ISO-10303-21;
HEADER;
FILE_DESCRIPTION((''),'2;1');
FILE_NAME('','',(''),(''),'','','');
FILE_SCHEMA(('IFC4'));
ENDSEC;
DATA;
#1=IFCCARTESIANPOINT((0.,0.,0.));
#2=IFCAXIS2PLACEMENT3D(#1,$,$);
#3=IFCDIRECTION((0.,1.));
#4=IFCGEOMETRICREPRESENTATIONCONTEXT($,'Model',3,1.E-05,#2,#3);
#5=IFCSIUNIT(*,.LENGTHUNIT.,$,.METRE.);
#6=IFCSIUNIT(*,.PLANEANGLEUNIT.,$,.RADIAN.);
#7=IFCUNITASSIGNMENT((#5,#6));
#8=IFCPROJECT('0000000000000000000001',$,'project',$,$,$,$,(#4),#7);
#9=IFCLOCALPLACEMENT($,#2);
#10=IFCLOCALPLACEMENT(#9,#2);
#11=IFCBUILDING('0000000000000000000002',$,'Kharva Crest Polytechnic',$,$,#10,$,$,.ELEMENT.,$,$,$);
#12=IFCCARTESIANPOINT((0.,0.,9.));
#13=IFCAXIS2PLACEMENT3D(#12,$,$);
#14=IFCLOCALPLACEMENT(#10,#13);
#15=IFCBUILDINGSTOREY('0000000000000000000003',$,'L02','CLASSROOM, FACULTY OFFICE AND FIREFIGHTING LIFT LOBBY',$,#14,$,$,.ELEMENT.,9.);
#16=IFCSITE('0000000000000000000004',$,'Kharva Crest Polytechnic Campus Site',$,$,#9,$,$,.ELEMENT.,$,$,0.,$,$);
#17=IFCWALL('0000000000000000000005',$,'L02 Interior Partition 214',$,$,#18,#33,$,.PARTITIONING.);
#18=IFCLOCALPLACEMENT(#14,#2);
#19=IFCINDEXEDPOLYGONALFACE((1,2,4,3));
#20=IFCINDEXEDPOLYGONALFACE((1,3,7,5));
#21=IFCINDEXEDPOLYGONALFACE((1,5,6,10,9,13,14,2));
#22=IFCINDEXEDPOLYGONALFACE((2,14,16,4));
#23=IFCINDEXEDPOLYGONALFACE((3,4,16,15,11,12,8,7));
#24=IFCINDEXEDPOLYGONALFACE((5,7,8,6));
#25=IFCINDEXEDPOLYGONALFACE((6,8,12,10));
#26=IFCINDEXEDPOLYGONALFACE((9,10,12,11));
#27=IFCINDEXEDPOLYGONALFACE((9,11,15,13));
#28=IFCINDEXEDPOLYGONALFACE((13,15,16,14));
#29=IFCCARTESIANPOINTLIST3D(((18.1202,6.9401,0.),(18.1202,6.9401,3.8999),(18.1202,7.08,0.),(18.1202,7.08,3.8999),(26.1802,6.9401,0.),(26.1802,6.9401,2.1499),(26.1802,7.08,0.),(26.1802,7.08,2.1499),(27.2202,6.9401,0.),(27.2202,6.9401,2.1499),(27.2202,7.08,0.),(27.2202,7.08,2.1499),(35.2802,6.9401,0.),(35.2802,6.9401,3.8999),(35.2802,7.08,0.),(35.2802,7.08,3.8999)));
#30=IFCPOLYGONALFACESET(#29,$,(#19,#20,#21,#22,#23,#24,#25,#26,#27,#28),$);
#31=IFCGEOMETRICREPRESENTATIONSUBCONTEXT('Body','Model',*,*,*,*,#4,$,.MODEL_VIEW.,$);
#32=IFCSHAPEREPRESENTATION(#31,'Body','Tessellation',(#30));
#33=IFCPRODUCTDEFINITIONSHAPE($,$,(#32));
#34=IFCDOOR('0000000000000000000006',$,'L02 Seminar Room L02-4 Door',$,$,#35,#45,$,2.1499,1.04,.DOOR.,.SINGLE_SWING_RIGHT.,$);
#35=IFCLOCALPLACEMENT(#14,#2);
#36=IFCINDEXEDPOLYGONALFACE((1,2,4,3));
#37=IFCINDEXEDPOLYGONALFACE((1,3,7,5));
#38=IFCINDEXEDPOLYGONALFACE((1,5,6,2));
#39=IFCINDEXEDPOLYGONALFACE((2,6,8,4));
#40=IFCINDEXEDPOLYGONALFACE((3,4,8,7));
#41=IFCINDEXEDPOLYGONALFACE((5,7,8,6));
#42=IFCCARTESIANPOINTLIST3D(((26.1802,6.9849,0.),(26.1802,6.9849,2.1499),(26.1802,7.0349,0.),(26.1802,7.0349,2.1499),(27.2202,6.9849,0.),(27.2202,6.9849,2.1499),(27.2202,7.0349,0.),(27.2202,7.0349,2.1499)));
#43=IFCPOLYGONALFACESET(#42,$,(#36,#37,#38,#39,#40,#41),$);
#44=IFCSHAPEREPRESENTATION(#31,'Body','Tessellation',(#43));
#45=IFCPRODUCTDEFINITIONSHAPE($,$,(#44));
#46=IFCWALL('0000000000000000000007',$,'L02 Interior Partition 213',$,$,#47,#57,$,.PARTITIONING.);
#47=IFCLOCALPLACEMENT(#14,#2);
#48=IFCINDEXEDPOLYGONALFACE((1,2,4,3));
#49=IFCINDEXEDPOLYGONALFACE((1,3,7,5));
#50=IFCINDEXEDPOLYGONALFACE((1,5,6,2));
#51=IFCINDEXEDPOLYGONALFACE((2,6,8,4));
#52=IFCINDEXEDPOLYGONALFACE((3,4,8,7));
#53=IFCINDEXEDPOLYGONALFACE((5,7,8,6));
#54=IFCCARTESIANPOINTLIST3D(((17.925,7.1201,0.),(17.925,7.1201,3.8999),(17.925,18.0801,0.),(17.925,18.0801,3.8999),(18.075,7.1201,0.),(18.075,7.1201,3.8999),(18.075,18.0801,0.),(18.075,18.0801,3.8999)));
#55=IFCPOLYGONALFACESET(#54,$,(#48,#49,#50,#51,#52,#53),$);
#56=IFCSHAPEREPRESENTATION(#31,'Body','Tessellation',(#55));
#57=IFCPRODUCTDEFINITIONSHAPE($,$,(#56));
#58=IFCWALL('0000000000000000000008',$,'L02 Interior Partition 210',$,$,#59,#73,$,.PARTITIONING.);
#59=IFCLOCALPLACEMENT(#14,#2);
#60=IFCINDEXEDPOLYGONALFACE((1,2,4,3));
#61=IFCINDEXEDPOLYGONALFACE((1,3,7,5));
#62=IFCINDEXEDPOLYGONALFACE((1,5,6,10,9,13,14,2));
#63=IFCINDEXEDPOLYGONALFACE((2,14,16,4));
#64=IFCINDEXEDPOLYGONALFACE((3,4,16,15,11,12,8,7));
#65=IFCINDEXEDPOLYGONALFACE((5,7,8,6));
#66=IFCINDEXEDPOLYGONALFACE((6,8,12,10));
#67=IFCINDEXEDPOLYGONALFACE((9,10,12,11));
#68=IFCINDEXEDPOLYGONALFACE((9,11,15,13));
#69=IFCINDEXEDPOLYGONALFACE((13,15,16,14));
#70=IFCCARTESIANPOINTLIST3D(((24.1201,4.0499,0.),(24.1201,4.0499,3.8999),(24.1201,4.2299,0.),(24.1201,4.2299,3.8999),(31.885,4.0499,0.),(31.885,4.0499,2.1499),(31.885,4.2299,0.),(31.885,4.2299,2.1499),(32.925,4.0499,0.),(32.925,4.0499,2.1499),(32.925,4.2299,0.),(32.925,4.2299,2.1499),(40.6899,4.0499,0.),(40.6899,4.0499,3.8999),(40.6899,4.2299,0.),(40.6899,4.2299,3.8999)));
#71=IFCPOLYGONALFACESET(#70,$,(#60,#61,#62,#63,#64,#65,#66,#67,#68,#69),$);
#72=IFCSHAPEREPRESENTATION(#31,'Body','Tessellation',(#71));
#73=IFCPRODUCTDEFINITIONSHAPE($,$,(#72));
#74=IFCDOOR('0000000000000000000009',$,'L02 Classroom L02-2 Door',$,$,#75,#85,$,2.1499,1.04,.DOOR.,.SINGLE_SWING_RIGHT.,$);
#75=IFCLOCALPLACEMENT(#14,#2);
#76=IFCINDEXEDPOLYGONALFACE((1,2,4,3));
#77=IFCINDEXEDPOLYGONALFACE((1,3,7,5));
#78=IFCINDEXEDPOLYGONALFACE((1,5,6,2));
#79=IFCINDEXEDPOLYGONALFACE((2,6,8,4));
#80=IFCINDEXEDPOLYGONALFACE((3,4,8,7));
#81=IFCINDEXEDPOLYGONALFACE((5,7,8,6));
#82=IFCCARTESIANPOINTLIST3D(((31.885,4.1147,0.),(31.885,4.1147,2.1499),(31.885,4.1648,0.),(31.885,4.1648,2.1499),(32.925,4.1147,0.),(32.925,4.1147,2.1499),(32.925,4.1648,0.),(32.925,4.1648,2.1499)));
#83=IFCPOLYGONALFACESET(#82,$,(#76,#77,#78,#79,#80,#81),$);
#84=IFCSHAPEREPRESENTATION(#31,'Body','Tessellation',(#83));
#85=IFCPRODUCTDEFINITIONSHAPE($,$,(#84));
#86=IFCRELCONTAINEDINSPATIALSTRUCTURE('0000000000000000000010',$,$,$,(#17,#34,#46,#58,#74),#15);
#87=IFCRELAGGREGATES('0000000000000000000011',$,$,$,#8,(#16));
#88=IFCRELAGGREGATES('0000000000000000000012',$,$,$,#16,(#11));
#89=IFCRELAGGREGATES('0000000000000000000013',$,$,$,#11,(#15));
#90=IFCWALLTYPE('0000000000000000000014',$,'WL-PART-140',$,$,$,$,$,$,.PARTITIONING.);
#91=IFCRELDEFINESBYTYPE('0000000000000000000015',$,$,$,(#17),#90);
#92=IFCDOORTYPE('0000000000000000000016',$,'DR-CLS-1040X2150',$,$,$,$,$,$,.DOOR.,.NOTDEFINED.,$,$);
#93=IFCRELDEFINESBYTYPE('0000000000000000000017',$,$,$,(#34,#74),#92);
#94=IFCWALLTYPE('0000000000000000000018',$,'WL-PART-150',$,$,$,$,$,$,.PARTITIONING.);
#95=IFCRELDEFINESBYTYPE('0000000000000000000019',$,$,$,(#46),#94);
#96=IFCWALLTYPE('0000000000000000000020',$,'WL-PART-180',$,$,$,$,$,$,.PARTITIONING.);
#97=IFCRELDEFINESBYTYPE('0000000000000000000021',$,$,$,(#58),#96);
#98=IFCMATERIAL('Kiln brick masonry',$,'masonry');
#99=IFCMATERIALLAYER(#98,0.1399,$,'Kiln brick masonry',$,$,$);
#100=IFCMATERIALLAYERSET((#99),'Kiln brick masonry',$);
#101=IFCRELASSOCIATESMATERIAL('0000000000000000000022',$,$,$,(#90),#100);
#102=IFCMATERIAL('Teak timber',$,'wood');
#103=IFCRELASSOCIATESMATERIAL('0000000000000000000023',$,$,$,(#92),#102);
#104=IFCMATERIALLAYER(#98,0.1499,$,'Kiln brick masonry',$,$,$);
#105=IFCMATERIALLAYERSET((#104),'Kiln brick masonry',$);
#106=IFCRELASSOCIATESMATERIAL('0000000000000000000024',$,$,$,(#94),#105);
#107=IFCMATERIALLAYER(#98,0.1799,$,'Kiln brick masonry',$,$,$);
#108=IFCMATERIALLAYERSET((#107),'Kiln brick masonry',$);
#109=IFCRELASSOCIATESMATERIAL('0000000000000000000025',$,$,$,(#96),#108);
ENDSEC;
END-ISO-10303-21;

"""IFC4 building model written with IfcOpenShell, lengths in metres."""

from ifc_helpers import new_model, si_unit, direction, frame, frame_2d, origin, place, context, subcontext, project, spatial, rectangle, extrude, material, layer, layer_set, type_object, element, fill, save


model = new_model("IFC4")

# Units and contexts
model_context = context("Model", 3, precision=1e-05, world=origin(), true_north=direction((0.0, 1.0)))
body_context = subcontext(model_context, "Body", "Model", "MODEL_VIEW")
ifc_project = project(units=[si_unit("LENGTHUNIT", "METRE"), si_unit("PLANEANGLEUNIT", "RADIAN")], contexts=[model_context])

# Site, building, storey
site_placement = place(None, origin())
site = spatial("IfcSite", under=ifc_project, at=site_placement, Name="Kharva Crest Polytechnic Campus Site", CompositionType="ELEMENT", RefElevation=0.0)
building_placement = place(site_placement, origin())
building = spatial("IfcBuilding", under=site, at=building_placement, Name="Kharva Crest Polytechnic", CompositionType="ELEMENT")
storey_placement = place(building_placement, frame((0.0, 0.0, 9.0)))
storey = spatial("IfcBuildingStorey", under=building, at=storey_placement, Name="L02", Description="CLASSROOM, FACULTY OFFICE AND FIREFIGHTING LIFT LOBBY", CompositionType="ELEMENT", Elevation=9.0)

# Shared definitions
ifc_material_1 = material(Name="Kiln brick masonry", Category="masonry")

# Wall, opening, door
ifc_layer_1 = layer(ifc_material_1, 0.1399, Name="Kiln brick masonry")
ifc_layer_set_1 = layer_set([ifc_layer_1], Name="Kiln brick masonry")
wall_type_1 = type_object("IfcWallType", Name="WL-PART-140", PredefinedType="PARTITIONING", material=ifc_layer_set_1)
wall_1_placement = place(storey_placement, frame((18.1201, 7.01, 0.0), z_axis=(0.0, 0.0, 1.0), x_axis=(1.0, 0.0, 0.0)))
wall_1 = element("IfcWall", 1, at=wall_1_placement, inside=storey, type_object=wall_type_1, Name="L02 Interior Partition 214", PredefinedType="PARTITIONING", context=body_context, shape_type="SweptSolid", body=[
    extrude(rectangle(XDim=17.1599, YDim=0.1399, at=frame_2d((8.5801, 0.0))), origin(), (0.0, 0.0, 1.0), 3.8999),
])
opening_1_placement = place(wall_1_placement, frame((8.0601, 0.0, 0.0)))
opening_1 = element("IfcOpeningElement", 2, at=opening_1_placement, cuts=wall_1, PredefinedType="OPENING", context=body_context, shape_type="SweptSolid", body=[
    extrude(rectangle(XDim=1.04, YDim=2.1499, at=frame_2d((0.52, 1.075))), frame((0.0, 0.0798, 0.0), z_axis=(0.0, -1.0, 0.0), x_axis=(1.0, 0.0, 0.0)), (0.0, 0.0, 1.0), 0.1599),
])
ifc_material_2 = material(Name="Teak timber", Category="wood")
door_type = type_object("IfcDoorType", Name="DR-CLS-1040X2150", OperationType="NOTDEFINED", PredefinedType="DOOR", material=ifc_material_2)
door_1_placement = place(opening_1_placement, origin())
door_1 = element("IfcDoor", 3, at=door_1_placement, inside=storey, type_object=door_type, Name="L02 Seminar Room L02-4 Door", OperationType="SINGLE_SWING_RIGHT", OverallHeight=2.1499, OverallWidth=1.04, PredefinedType="DOOR", context=body_context, shape_type="SweptSolid", body=[
    extrude(rectangle(XDim=1.04, YDim=2.1499, at=frame_2d((0.52, 1.075))), frame((0.0, 0.0249, 0.0), z_axis=(0.0, -1.0, 0.0), x_axis=(1.0, 0.0, 0.0)), (0.0, 0.0, 1.0), 0.05),
])
fill(opening_1, door_1)

# Wall
ifc_layer_2 = layer(ifc_material_1, 0.1499, Name="Kiln brick masonry")
ifc_layer_set_2 = layer_set([ifc_layer_2], Name="Kiln brick masonry")
wall_type_2 = type_object("IfcWallType", Name="WL-PART-150", PredefinedType="PARTITIONING", material=ifc_layer_set_2)
wall_2_placement = place(storey_placement, frame((18.0, 7.1201, 0.0), z_axis=(0.0, 0.0, 1.0), x_axis=(0.0, 1.0, 0.0)))
element("IfcWall", 4, at=wall_2_placement, inside=storey, type_object=wall_type_2, Name="L02 Interior Partition 213", PredefinedType="PARTITIONING", context=body_context, shape_type="SweptSolid", body=[
    extrude(rectangle(XDim=10.96, YDim=0.1499, at=frame_2d((5.48, 0.0))), origin(), (0.0, 0.0, 1.0), 3.8999),
])

# Wall, opening, door
ifc_layer_3 = layer(ifc_material_1, 0.1799, Name="Kiln brick masonry")
ifc_layer_set_3 = layer_set([ifc_layer_3], Name="Kiln brick masonry")
wall_type_3 = type_object("IfcWallType", Name="WL-PART-180", PredefinedType="PARTITIONING", material=ifc_layer_set_3)
wall_3_placement = place(storey_placement, frame((24.1201, 4.1399, 0.0), z_axis=(0.0, 0.0, 1.0), x_axis=(1.0, 0.0, 0.0)))
wall_3 = element("IfcWall", 5, at=wall_3_placement, inside=storey, type_object=wall_type_3, Name="L02 Interior Partition 210", PredefinedType="PARTITIONING", context=body_context, shape_type="SweptSolid", body=[
    extrude(rectangle(XDim=16.5698, YDim=0.1799, at=frame_2d((8.2849, 0.0))), origin(), (0.0, 0.0, 1.0), 3.8999),
])
opening_2_placement = place(wall_3_placement, frame((7.7649, 0.0, 0.0)))
opening_2 = element("IfcOpeningElement", 6, at=opening_2_placement, cuts=wall_3, PredefinedType="OPENING", context=body_context, shape_type="SweptSolid", body=[
    extrude(rectangle(XDim=1.04, YDim=2.1499, at=frame_2d((0.52, 1.075))), frame((0.0, 0.0999, 0.0), z_axis=(0.0, -1.0, 0.0), x_axis=(1.0, 0.0, 0.0)), (0.0, 0.0, 1.0), 0.2),
])
door_2_placement = place(opening_2_placement, origin())
door_2 = element("IfcDoor", 7, at=door_2_placement, inside=storey, type_object=door_type, Name="L02 Classroom L02-2 Door", OperationType="SINGLE_SWING_RIGHT", OverallHeight=2.1499, OverallWidth=1.04, PredefinedType="DOOR", context=body_context, shape_type="SweptSolid", body=[
    extrude(rectangle(XDim=1.04, YDim=2.1499, at=frame_2d((0.52, 1.075))), frame((0.0, 0.0249, 0.0), z_axis=(0.0, -1.0, 0.0), x_axis=(1.0, 0.0, 0.0)), (0.0, 0.0, 1.0), 0.05),
])
fill(opening_2, door_2)

save(model, "model.ifc")
